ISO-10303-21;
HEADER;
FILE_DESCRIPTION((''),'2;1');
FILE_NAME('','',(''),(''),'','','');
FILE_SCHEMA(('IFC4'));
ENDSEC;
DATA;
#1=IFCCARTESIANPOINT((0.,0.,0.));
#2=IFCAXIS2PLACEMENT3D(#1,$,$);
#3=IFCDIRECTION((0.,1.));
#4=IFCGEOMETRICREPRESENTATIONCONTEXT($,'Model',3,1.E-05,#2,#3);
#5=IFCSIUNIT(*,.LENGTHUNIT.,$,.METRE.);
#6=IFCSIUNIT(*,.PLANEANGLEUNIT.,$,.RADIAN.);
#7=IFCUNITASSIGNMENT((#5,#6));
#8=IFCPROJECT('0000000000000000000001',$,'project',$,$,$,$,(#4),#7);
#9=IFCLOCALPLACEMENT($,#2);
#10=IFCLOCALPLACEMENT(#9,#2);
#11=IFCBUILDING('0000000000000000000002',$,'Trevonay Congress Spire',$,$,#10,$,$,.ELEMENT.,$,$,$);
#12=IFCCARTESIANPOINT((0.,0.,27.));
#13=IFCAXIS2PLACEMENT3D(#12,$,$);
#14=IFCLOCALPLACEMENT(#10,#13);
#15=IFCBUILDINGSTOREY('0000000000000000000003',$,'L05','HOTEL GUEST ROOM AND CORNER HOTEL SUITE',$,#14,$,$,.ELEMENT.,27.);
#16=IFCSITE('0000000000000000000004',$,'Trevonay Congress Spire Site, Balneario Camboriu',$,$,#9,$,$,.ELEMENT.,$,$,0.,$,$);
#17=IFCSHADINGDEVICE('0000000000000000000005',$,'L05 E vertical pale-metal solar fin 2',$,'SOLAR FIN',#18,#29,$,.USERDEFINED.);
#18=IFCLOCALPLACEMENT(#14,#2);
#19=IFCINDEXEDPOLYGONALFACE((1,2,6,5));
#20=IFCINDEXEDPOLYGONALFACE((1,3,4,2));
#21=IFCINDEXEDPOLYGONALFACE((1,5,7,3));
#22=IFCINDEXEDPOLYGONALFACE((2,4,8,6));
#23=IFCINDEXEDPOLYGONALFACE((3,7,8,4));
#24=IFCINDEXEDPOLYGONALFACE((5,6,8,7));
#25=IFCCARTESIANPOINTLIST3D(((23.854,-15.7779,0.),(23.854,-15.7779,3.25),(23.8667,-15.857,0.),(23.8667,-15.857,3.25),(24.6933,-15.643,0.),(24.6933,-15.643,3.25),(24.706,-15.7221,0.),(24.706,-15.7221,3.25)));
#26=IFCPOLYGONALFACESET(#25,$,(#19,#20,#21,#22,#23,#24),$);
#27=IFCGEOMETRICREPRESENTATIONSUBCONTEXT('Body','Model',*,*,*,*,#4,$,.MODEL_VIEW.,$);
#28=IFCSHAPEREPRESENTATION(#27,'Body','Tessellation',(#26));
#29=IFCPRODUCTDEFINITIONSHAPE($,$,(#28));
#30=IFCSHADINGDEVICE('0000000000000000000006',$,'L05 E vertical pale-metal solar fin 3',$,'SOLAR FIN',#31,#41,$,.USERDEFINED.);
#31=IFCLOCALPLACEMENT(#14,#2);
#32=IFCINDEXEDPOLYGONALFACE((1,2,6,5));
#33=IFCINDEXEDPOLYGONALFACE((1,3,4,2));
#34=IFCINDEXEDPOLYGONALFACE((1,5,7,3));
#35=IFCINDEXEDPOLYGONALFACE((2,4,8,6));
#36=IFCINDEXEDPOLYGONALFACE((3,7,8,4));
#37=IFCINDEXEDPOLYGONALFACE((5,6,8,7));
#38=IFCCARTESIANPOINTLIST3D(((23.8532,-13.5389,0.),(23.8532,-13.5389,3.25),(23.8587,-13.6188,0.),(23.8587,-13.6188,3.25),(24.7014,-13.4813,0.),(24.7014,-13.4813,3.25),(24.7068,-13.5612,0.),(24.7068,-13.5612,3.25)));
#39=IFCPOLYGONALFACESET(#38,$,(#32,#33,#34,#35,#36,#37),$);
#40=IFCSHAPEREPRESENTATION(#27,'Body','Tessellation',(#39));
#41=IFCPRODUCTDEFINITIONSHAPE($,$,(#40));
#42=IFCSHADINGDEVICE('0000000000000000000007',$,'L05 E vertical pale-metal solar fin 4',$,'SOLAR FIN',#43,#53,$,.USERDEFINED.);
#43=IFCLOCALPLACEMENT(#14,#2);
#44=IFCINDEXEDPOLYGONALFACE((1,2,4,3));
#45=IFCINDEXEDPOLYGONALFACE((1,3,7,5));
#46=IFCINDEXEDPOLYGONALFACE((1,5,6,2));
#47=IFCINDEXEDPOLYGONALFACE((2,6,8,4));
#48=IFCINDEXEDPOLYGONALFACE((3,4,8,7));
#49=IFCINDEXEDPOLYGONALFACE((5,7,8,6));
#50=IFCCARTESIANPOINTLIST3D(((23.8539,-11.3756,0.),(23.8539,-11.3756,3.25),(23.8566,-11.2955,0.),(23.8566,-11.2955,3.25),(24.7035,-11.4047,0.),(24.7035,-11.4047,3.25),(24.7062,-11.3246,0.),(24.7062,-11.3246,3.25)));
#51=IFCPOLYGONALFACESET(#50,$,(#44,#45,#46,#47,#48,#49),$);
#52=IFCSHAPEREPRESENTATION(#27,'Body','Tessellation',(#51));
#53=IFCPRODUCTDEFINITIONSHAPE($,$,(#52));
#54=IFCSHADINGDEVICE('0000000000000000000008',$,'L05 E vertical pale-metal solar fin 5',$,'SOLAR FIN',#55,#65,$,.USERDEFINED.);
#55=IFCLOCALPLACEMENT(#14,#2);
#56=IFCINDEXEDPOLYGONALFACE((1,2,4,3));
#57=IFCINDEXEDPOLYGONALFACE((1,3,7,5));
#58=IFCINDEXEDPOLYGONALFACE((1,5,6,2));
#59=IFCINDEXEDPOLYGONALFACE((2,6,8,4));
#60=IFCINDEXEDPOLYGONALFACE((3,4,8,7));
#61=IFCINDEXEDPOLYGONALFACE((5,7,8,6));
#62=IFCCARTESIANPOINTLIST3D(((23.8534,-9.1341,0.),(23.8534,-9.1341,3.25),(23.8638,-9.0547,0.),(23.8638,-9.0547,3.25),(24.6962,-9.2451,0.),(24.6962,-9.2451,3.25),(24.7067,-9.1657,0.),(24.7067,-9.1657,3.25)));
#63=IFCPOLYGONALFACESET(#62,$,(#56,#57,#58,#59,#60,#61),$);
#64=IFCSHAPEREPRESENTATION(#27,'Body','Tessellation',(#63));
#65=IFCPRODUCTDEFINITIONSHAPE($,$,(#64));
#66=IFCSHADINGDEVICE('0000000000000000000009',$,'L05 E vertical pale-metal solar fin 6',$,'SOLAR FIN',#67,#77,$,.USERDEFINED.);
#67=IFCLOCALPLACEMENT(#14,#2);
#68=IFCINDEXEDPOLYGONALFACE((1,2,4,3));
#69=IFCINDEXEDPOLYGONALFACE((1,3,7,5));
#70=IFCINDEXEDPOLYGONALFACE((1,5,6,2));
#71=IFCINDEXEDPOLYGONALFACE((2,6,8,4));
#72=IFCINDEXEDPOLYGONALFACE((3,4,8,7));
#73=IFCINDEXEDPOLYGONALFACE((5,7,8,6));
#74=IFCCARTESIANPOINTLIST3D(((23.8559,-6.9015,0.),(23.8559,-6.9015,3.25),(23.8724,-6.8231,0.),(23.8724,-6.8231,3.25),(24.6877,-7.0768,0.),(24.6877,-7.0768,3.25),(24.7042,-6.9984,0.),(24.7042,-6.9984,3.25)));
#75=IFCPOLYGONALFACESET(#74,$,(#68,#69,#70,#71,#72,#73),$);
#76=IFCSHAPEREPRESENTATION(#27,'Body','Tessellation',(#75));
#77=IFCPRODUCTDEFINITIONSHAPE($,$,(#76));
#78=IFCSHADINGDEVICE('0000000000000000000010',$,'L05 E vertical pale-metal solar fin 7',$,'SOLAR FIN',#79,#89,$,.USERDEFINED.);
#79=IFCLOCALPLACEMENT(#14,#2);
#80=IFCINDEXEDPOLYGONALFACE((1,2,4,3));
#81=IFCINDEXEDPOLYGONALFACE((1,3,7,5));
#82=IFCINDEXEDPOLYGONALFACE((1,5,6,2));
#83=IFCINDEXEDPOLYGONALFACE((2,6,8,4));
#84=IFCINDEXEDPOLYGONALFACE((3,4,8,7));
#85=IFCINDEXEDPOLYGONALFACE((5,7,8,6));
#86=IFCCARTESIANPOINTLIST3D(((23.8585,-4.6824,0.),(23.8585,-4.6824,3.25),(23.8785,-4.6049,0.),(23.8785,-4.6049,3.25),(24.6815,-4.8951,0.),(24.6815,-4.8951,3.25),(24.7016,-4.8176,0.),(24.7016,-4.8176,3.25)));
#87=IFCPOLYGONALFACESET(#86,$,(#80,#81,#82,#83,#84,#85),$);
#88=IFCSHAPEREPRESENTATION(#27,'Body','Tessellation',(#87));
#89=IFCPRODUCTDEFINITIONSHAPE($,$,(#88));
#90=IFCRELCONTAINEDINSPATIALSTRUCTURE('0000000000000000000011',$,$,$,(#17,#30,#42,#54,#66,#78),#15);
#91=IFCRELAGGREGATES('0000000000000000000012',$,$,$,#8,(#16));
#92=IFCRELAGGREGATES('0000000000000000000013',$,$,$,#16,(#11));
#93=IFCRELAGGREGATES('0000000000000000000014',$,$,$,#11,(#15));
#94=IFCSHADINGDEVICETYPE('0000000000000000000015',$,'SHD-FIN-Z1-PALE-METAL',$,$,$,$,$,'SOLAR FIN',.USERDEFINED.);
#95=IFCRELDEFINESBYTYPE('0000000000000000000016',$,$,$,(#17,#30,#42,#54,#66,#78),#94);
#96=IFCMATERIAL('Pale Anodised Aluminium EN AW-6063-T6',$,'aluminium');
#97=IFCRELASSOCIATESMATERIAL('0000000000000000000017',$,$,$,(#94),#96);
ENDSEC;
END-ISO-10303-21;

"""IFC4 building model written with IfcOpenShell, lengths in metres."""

from ifc_helpers import new_model, si_unit, direction, frame, origin, origin_2d, place, context, subcontext, project, spatial, rectangle, extrude, material, type_object, element, save


model = new_model("IFC4")

# Units and contexts
model_context = context("Model", 3, precision=1e-05, world=origin(), true_north=direction((0.0, 1.0)))
body_context = subcontext(model_context, "Body", "Model", "MODEL_VIEW")
ifc_project = project(units=[si_unit("LENGTHUNIT", "METRE"), si_unit("PLANEANGLEUNIT", "RADIAN")], contexts=[model_context])

# Site, building, storey
site_placement = place(None, origin())
site = spatial("IfcSite", under=ifc_project, at=site_placement, Name="Trevonay Congress Spire Site, Balneario Camboriu", CompositionType="ELEMENT", RefElevation=0.0)
building_placement = place(site_placement, origin())
building = spatial("IfcBuilding", under=site, at=building_placement, Name="Trevonay Congress Spire", CompositionType="ELEMENT")
storey_placement = place(building_placement, frame((0.0, 0.0, 27.0)))
storey = spatial("IfcBuildingStorey", under=building, at=storey_placement, Name="L05", Description="HOTEL GUEST ROOM AND CORNER HOTEL SUITE", CompositionType="ELEMENT", Elevation=27.0)

# Shared definitions
ifc_material_1 = material(Name="Pale Anodised Aluminium EN AW-6063-T6", Category="aluminium")

# Shading devices
shading_device_type = type_object("IfcShadingDeviceType", Name="SHD-FIN-Z1-PALE-METAL", ElementType="SOLAR FIN", PredefinedType="USERDEFINED", material=ifc_material_1)
for number, where, z_axis, x_axis, name in (
    (1, (24.28, -15.75, 0.0), (0.0, 0.0, 1.0), (-0.158675, 0.987331, 0.0), "L05 E vertical pale-metal solar fin 2"),
    (2, (24.28, -13.55, 0.0), (0.0, 0.0, 1.0), (-0.067667, 0.997708, 0.0), "L05 E vertical pale-metal solar fin 3"),
    (3, (24.28, -11.3501, 0.0), (0.0, 0.0, 1.0), (0.034202, 0.999415, 0.0), "L05 E vertical pale-metal solar fin 4"),
    (4, (24.28, -9.1499, 0.0), (0.0, 0.0, 1.0), (0.130526, 0.991445, 0.0), "L05 E vertical pale-metal solar fin 5"),
    (5, (24.28, -6.95, 0.0), (0.0, 0.0, 1.0), (0.206204, 0.978509, 0.0), "L05 E vertical pale-metal solar fin 6"),
    (6, (24.28, -4.75, 0.0), (0.0, 0.0, 1.0), (0.250211, 0.968191, 0.0), "L05 E vertical pale-metal solar fin 7"),
):
    element("IfcShadingDevice", number, at=place(storey_placement, frame(where, z_axis=z_axis, x_axis=x_axis)), inside=storey, type_object=shading_device_type, Name=name, ObjectType="SOLAR FIN", PredefinedType="USERDEFINED", context=body_context, shape_type="SweptSolid", body=[
        extrude(rectangle(XDim=0.0801, YDim=0.8501, at=origin_2d()), origin(), (0.0, 0.0, 1.0), 3.25),
    ])

save(model, "model.ifc")
